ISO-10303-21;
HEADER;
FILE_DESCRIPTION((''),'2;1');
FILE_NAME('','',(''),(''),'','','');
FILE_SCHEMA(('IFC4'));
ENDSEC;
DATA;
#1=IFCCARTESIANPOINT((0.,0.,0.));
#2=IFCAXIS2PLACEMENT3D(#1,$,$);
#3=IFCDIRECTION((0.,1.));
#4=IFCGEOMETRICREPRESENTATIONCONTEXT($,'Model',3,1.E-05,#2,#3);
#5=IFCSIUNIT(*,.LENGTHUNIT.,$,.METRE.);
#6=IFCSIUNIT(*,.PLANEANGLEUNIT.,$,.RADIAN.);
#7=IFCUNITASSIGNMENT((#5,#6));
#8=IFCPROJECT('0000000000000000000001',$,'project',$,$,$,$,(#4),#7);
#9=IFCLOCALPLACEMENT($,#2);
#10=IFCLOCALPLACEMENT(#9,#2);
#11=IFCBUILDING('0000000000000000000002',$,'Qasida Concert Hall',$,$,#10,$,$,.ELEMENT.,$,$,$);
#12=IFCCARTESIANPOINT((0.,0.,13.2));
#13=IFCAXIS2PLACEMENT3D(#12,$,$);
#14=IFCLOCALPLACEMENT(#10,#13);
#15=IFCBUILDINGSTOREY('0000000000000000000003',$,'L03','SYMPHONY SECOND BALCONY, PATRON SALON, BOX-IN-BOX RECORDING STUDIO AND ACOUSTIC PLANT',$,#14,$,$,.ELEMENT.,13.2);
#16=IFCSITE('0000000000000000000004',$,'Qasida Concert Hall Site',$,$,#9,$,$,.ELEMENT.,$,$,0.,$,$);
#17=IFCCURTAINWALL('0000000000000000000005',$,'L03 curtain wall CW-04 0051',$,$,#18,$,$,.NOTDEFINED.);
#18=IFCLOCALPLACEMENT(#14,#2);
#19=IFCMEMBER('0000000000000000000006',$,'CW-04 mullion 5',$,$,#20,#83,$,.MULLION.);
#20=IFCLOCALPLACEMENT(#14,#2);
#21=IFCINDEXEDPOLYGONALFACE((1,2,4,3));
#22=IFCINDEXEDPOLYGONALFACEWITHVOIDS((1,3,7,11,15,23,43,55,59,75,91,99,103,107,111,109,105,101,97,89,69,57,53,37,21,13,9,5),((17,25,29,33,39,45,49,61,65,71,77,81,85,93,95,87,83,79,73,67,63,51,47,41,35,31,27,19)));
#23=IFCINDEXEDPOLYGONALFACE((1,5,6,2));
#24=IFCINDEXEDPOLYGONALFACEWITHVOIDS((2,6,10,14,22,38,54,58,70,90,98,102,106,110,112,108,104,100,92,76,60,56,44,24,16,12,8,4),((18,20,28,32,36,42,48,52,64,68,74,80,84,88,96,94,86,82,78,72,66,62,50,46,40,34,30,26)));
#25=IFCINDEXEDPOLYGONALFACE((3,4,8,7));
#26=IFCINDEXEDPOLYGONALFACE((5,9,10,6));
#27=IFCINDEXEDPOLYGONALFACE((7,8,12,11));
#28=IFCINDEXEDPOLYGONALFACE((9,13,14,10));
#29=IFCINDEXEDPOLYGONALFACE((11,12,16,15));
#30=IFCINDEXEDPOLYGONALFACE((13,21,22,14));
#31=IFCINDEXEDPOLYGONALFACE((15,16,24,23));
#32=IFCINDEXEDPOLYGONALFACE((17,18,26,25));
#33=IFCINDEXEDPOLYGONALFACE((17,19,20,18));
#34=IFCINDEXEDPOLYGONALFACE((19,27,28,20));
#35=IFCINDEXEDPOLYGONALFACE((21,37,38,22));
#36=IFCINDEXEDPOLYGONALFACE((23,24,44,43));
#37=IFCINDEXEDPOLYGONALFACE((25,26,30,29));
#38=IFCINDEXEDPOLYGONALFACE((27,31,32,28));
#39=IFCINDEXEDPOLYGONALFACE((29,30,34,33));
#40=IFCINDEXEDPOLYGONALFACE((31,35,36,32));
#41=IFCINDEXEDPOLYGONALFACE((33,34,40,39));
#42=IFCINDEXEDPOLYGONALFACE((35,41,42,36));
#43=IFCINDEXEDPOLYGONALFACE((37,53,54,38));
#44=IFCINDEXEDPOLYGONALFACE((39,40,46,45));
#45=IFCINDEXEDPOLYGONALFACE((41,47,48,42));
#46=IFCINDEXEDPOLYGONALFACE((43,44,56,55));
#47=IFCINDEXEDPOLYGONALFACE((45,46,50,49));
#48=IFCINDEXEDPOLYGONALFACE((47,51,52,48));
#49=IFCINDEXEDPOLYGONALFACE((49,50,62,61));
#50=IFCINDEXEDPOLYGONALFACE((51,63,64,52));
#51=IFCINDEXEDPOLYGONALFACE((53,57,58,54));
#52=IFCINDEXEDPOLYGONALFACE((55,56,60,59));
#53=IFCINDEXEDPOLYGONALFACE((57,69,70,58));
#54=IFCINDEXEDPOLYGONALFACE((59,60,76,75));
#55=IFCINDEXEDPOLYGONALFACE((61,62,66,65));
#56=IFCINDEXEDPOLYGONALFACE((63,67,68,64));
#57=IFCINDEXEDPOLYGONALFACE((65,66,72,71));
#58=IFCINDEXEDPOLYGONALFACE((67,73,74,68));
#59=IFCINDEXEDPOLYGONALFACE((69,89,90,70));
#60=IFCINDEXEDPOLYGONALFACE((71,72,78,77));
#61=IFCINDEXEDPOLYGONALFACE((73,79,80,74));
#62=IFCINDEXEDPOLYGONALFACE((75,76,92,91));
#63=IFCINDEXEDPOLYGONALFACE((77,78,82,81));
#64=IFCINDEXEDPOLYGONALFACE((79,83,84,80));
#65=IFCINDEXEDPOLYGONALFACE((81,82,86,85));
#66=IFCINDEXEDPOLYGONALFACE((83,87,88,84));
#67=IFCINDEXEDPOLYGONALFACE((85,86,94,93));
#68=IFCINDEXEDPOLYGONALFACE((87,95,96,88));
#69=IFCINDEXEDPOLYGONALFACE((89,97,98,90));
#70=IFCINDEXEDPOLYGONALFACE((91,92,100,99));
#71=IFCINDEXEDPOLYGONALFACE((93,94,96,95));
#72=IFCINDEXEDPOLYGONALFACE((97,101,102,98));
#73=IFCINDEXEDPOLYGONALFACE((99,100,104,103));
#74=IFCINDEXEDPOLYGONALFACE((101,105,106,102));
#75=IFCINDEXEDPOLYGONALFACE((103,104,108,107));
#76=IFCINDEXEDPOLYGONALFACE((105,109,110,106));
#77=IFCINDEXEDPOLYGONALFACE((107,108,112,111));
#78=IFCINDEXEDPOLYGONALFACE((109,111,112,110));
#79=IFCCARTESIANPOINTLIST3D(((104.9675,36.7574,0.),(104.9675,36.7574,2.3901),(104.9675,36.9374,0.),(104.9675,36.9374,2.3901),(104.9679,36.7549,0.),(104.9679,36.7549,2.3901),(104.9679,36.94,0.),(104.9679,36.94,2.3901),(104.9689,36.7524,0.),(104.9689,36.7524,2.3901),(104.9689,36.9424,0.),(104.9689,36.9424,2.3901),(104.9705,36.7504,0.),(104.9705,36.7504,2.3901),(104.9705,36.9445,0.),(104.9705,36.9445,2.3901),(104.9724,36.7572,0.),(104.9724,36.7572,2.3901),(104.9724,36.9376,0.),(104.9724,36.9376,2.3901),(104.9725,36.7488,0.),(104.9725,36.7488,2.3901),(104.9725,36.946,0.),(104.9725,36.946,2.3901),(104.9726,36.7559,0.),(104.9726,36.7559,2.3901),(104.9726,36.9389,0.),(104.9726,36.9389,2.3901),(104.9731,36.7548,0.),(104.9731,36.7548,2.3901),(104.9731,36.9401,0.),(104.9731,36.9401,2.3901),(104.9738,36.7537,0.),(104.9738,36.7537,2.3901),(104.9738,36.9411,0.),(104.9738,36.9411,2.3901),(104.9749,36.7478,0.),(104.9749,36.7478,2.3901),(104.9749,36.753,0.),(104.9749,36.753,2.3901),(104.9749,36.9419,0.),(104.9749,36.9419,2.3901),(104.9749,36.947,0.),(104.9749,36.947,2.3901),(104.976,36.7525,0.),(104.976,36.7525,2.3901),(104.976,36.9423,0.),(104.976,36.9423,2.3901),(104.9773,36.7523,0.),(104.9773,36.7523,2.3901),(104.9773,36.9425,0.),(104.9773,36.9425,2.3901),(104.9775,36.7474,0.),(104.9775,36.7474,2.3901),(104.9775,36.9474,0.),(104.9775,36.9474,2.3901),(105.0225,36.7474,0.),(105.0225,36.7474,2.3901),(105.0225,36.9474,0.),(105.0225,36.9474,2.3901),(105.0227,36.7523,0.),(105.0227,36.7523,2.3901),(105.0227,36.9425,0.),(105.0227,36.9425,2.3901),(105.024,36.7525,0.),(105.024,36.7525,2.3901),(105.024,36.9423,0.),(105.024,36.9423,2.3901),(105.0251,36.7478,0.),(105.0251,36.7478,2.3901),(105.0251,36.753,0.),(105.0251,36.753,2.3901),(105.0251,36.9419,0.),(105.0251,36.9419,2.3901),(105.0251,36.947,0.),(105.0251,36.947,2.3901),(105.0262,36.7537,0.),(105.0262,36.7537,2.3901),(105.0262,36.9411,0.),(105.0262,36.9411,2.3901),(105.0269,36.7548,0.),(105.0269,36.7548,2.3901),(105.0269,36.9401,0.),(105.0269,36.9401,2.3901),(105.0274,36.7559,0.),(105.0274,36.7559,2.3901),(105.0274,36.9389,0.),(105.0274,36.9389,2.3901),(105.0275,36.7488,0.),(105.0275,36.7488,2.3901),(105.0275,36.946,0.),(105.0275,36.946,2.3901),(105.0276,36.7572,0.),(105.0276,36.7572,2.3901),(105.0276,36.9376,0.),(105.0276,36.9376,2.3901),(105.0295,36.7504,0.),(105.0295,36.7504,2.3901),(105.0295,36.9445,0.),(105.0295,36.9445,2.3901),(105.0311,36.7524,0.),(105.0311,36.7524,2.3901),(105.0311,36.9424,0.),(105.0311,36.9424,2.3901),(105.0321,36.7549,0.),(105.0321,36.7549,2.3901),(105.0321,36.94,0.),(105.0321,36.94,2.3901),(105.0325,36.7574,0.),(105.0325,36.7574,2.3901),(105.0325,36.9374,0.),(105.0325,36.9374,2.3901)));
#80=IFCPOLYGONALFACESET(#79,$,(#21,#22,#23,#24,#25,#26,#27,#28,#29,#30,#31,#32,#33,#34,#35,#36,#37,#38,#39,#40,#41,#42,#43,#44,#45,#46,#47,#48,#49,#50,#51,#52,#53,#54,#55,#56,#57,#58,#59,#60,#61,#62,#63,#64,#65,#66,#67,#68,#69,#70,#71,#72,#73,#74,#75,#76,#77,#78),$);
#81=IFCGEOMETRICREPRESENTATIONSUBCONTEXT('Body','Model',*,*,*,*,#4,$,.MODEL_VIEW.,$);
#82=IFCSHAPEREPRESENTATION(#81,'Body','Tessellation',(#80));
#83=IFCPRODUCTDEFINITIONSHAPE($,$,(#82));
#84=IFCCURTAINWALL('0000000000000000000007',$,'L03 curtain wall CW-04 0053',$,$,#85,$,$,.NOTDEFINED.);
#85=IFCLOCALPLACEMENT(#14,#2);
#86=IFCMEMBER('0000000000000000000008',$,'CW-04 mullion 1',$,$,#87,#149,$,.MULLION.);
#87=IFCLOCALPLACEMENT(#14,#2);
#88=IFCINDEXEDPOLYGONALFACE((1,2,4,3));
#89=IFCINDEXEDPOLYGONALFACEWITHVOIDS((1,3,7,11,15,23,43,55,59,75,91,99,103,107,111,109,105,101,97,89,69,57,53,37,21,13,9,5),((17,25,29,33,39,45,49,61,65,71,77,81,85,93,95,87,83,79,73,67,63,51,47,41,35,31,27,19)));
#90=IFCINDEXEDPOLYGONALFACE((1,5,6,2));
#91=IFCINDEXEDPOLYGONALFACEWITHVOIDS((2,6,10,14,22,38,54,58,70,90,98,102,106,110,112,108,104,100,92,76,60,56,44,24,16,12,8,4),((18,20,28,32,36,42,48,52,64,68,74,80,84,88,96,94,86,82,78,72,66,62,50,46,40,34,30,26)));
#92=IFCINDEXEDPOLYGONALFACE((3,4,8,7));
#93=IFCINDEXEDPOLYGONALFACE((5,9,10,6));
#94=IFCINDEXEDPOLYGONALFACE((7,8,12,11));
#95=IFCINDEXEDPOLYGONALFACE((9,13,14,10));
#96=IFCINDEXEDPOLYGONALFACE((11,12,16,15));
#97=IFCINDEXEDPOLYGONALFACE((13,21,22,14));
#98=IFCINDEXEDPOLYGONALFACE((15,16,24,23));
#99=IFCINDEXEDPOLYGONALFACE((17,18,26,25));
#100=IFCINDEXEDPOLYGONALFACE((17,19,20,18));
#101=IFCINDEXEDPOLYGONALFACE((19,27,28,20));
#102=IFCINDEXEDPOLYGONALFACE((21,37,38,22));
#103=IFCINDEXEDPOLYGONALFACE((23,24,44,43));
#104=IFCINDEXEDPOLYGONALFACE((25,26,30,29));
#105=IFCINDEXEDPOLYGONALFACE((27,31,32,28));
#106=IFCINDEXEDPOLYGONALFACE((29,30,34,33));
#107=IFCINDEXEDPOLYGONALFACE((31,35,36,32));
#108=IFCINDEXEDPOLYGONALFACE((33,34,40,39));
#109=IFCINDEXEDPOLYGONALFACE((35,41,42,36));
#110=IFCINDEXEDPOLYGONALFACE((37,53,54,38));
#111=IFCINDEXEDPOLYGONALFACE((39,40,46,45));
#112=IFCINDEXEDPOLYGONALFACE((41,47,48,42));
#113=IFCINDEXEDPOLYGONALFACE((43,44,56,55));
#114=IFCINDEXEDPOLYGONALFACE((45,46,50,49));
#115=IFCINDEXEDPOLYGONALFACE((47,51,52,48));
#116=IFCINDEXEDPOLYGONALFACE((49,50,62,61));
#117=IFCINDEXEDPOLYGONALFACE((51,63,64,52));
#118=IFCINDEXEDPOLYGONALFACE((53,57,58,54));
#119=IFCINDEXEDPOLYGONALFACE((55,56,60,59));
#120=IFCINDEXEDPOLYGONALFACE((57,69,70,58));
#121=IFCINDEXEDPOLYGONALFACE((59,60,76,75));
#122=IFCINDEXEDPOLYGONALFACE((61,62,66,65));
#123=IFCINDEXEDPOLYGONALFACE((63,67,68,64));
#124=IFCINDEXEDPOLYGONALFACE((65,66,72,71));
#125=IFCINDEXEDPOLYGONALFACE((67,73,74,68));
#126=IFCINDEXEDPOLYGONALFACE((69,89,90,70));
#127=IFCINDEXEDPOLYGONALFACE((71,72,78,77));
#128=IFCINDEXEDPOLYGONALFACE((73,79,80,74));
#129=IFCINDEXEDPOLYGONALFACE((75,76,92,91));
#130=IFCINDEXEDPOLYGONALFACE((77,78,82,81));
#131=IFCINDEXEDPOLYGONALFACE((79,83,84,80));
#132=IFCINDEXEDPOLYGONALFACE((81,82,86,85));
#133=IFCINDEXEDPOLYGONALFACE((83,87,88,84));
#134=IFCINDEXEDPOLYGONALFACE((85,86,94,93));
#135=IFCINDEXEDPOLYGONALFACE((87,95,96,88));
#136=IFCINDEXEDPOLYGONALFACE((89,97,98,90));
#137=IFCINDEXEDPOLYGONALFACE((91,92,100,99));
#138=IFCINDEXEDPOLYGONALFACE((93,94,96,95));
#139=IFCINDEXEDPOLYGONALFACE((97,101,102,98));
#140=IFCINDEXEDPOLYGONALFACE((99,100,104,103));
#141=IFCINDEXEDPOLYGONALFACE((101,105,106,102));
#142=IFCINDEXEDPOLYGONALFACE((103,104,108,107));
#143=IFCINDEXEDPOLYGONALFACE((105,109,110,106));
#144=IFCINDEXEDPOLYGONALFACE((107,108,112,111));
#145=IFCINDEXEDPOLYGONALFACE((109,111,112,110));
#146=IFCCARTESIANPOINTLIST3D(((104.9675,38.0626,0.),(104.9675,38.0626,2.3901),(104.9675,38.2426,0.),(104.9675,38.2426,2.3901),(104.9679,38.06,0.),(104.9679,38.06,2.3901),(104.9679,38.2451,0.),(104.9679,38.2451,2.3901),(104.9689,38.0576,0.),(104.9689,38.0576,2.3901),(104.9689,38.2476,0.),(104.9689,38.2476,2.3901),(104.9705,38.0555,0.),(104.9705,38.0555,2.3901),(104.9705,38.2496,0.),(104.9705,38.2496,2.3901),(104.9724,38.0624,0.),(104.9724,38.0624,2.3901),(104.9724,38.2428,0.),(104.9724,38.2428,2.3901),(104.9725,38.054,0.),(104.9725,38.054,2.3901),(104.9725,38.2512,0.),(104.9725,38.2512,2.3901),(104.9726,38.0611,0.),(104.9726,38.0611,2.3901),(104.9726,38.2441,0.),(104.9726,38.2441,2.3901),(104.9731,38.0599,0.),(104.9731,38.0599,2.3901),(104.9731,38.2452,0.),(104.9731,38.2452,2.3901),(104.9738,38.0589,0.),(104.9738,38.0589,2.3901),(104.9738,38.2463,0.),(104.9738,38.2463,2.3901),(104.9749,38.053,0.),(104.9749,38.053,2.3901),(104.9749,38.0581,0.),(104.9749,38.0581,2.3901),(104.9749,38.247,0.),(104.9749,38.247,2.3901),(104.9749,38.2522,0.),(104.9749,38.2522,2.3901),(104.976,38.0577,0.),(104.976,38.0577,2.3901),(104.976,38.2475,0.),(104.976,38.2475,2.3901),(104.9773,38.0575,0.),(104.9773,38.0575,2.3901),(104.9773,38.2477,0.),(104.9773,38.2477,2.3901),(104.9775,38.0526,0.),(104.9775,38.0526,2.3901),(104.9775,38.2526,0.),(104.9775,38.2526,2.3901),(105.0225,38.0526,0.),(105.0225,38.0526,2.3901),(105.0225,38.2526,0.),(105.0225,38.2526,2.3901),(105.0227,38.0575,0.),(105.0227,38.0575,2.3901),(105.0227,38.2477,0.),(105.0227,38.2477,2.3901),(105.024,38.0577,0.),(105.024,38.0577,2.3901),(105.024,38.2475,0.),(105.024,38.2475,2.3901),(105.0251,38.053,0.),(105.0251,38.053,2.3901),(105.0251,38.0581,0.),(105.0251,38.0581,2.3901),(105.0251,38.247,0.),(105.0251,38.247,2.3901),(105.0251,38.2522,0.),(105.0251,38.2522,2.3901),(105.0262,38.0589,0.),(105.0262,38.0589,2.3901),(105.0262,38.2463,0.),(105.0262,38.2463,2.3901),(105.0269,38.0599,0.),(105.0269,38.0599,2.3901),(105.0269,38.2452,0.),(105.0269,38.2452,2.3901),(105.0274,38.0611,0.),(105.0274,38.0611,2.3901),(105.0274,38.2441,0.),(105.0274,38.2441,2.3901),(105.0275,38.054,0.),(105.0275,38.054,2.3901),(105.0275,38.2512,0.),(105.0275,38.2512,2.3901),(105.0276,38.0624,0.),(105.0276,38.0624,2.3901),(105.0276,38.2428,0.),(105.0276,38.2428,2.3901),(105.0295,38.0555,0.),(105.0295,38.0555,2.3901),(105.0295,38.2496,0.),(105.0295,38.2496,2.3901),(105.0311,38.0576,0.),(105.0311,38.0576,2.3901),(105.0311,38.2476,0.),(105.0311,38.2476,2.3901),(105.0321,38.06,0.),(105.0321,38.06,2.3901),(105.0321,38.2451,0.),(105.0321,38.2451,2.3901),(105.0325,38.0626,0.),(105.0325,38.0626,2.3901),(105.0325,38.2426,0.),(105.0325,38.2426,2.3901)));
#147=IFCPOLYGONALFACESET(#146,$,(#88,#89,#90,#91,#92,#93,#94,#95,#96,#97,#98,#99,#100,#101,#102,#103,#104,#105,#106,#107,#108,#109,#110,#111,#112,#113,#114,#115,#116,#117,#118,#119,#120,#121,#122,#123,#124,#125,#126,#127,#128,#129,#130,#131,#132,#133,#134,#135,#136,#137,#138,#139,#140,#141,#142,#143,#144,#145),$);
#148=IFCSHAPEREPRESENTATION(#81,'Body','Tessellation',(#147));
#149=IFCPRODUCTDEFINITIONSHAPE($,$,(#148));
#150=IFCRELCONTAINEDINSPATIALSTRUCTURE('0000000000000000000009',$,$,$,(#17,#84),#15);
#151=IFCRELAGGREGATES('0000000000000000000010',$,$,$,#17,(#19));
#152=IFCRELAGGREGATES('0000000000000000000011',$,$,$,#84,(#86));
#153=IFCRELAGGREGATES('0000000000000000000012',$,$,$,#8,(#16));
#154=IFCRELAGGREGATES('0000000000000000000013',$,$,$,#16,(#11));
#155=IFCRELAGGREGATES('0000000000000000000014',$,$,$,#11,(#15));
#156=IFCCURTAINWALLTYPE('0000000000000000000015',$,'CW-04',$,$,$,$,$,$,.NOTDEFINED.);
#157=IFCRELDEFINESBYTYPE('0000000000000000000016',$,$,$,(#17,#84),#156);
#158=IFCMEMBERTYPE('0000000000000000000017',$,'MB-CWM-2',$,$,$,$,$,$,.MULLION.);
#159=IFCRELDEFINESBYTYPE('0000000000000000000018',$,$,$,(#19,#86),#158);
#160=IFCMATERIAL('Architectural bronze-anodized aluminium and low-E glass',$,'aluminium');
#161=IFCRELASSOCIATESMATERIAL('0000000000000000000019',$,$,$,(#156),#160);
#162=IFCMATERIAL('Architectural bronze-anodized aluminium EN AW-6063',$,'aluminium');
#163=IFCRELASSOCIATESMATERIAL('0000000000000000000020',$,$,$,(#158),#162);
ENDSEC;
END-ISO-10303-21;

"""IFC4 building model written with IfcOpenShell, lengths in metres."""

from ifc_helpers import new_model, si_unit, direction, frame, origin, origin_2d, place, context, subcontext, project, spatial, hollow_rectangle, extrude, material, material_profile, profile_set, type_object, element, aggregate, save


model = new_model("IFC4")

# Units and contexts
model_context = context("Model", 3, precision=1e-05, world=origin(), true_north=direction((0.0, 1.0)))
body_context = subcontext(model_context, "Body", "Model", "MODEL_VIEW")
ifc_project = project(units=[si_unit("LENGTHUNIT", "METRE"), si_unit("PLANEANGLEUNIT", "RADIAN")], contexts=[model_context])

# Site, building, storey
site_placement = place(None, origin())
site = spatial("IfcSite", under=ifc_project, at=site_placement, Name="Qasida Concert Hall Site", CompositionType="ELEMENT", RefElevation=0.0)
building_placement = place(site_placement, origin())
building = spatial("IfcBuilding", under=site, at=building_placement, Name="Qasida Concert Hall", CompositionType="ELEMENT")
storey_placement = place(building_placement, frame((0.0, 0.0, 13.2)))
storey = spatial("IfcBuildingStorey", under=building, at=storey_placement, Name="L03", Description="SYMPHONY SECOND BALCONY, PATRON SALON, BOX-IN-BOX RECORDING STUDIO AND ACOUSTIC PLANT", CompositionType="ELEMENT", Elevation=13.2)

# Curtain walls, members
ifc_material_1 = material(Name="Architectural bronze-anodized aluminium and low-E glass", Category="aluminium")
curtain_wall_type = type_object("IfcCurtainWallType", Name="CW-04", PredefinedType="NOTDEFINED", material=ifc_material_1)
curtain_wall_1_placement = place(storey_placement, origin())
curtain_wall_1 = element("IfcCurtainWall", 1, at=curtain_wall_1_placement, inside=storey, type_object=curtain_wall_type, Name="L03 curtain wall CW-04 0051", PredefinedType="NOTDEFINED")
ifc_material_2 = material(Name="Architectural bronze-anodized aluminium EN AW-6063", Category="aluminium")
ifc_material_profile_1 = material_profile(ifc_material_2, hollow_rectangle(XDim=0.0649, YDim=0.2, WallThickness=0.0049, InnerFilletRadius=0.0049, OuterFilletRadius=0.01, at=origin_2d()), Name="CWM 200x65x5")
ifc_profile_set_1 = profile_set([ifc_material_profile_1], Name="Architectural bronze-anodized aluminium EN AW-6063")
member_type_1 = type_object("IfcMemberType", Name="MB-CWM-2", PredefinedType="MULLION", material=ifc_profile_set_1)
member_1_placement = place(storey_placement, frame((105.0, 36.8474, 0.0), z_axis=(0.0, 0.0, 1.0), x_axis=(-1.0, 0.0, 0.0)))
member_1 = element("IfcMember", 2, at=member_1_placement, type_object=member_type_1, Name="CW-04 mullion 5", PredefinedType="MULLION", context=body_context, shape_type="SweptSolid", body=[
    extrude(hollow_rectangle(XDim=0.0649, YDim=0.2, WallThickness=0.0049, InnerFilletRadius=0.0049, OuterFilletRadius=0.01, at=origin_2d()), origin(), (0.0, 0.0, 1.0), 2.3901),
])
curtain_wall_2_placement = place(storey_placement, origin())
curtain_wall_2 = element("IfcCurtainWall", 3, at=curtain_wall_2_placement, inside=storey, type_object=curtain_wall_type, Name="L03 curtain wall CW-04 0053", PredefinedType="NOTDEFINED")
member_2_placement = place(storey_placement, frame((105.0, 38.1526, 0.0), z_axis=(0.0, 0.0, 1.0), x_axis=(-1.0, 0.0, 0.0)))
member_2 = element("IfcMember", 4, at=member_2_placement, type_object=member_type_1, Name="CW-04 mullion 1", PredefinedType="MULLION", context=body_context, shape_type="SweptSolid", body=[
    extrude(hollow_rectangle(XDim=0.0649, YDim=0.2, WallThickness=0.0049, InnerFilletRadius=0.0049, OuterFilletRadius=0.01, at=origin_2d()), origin(), (0.0, 0.0, 1.0), 2.3901),
])

aggregate(curtain_wall_1, [member_1])
aggregate(curtain_wall_2, [member_2])

save(model, "model.ifc")
